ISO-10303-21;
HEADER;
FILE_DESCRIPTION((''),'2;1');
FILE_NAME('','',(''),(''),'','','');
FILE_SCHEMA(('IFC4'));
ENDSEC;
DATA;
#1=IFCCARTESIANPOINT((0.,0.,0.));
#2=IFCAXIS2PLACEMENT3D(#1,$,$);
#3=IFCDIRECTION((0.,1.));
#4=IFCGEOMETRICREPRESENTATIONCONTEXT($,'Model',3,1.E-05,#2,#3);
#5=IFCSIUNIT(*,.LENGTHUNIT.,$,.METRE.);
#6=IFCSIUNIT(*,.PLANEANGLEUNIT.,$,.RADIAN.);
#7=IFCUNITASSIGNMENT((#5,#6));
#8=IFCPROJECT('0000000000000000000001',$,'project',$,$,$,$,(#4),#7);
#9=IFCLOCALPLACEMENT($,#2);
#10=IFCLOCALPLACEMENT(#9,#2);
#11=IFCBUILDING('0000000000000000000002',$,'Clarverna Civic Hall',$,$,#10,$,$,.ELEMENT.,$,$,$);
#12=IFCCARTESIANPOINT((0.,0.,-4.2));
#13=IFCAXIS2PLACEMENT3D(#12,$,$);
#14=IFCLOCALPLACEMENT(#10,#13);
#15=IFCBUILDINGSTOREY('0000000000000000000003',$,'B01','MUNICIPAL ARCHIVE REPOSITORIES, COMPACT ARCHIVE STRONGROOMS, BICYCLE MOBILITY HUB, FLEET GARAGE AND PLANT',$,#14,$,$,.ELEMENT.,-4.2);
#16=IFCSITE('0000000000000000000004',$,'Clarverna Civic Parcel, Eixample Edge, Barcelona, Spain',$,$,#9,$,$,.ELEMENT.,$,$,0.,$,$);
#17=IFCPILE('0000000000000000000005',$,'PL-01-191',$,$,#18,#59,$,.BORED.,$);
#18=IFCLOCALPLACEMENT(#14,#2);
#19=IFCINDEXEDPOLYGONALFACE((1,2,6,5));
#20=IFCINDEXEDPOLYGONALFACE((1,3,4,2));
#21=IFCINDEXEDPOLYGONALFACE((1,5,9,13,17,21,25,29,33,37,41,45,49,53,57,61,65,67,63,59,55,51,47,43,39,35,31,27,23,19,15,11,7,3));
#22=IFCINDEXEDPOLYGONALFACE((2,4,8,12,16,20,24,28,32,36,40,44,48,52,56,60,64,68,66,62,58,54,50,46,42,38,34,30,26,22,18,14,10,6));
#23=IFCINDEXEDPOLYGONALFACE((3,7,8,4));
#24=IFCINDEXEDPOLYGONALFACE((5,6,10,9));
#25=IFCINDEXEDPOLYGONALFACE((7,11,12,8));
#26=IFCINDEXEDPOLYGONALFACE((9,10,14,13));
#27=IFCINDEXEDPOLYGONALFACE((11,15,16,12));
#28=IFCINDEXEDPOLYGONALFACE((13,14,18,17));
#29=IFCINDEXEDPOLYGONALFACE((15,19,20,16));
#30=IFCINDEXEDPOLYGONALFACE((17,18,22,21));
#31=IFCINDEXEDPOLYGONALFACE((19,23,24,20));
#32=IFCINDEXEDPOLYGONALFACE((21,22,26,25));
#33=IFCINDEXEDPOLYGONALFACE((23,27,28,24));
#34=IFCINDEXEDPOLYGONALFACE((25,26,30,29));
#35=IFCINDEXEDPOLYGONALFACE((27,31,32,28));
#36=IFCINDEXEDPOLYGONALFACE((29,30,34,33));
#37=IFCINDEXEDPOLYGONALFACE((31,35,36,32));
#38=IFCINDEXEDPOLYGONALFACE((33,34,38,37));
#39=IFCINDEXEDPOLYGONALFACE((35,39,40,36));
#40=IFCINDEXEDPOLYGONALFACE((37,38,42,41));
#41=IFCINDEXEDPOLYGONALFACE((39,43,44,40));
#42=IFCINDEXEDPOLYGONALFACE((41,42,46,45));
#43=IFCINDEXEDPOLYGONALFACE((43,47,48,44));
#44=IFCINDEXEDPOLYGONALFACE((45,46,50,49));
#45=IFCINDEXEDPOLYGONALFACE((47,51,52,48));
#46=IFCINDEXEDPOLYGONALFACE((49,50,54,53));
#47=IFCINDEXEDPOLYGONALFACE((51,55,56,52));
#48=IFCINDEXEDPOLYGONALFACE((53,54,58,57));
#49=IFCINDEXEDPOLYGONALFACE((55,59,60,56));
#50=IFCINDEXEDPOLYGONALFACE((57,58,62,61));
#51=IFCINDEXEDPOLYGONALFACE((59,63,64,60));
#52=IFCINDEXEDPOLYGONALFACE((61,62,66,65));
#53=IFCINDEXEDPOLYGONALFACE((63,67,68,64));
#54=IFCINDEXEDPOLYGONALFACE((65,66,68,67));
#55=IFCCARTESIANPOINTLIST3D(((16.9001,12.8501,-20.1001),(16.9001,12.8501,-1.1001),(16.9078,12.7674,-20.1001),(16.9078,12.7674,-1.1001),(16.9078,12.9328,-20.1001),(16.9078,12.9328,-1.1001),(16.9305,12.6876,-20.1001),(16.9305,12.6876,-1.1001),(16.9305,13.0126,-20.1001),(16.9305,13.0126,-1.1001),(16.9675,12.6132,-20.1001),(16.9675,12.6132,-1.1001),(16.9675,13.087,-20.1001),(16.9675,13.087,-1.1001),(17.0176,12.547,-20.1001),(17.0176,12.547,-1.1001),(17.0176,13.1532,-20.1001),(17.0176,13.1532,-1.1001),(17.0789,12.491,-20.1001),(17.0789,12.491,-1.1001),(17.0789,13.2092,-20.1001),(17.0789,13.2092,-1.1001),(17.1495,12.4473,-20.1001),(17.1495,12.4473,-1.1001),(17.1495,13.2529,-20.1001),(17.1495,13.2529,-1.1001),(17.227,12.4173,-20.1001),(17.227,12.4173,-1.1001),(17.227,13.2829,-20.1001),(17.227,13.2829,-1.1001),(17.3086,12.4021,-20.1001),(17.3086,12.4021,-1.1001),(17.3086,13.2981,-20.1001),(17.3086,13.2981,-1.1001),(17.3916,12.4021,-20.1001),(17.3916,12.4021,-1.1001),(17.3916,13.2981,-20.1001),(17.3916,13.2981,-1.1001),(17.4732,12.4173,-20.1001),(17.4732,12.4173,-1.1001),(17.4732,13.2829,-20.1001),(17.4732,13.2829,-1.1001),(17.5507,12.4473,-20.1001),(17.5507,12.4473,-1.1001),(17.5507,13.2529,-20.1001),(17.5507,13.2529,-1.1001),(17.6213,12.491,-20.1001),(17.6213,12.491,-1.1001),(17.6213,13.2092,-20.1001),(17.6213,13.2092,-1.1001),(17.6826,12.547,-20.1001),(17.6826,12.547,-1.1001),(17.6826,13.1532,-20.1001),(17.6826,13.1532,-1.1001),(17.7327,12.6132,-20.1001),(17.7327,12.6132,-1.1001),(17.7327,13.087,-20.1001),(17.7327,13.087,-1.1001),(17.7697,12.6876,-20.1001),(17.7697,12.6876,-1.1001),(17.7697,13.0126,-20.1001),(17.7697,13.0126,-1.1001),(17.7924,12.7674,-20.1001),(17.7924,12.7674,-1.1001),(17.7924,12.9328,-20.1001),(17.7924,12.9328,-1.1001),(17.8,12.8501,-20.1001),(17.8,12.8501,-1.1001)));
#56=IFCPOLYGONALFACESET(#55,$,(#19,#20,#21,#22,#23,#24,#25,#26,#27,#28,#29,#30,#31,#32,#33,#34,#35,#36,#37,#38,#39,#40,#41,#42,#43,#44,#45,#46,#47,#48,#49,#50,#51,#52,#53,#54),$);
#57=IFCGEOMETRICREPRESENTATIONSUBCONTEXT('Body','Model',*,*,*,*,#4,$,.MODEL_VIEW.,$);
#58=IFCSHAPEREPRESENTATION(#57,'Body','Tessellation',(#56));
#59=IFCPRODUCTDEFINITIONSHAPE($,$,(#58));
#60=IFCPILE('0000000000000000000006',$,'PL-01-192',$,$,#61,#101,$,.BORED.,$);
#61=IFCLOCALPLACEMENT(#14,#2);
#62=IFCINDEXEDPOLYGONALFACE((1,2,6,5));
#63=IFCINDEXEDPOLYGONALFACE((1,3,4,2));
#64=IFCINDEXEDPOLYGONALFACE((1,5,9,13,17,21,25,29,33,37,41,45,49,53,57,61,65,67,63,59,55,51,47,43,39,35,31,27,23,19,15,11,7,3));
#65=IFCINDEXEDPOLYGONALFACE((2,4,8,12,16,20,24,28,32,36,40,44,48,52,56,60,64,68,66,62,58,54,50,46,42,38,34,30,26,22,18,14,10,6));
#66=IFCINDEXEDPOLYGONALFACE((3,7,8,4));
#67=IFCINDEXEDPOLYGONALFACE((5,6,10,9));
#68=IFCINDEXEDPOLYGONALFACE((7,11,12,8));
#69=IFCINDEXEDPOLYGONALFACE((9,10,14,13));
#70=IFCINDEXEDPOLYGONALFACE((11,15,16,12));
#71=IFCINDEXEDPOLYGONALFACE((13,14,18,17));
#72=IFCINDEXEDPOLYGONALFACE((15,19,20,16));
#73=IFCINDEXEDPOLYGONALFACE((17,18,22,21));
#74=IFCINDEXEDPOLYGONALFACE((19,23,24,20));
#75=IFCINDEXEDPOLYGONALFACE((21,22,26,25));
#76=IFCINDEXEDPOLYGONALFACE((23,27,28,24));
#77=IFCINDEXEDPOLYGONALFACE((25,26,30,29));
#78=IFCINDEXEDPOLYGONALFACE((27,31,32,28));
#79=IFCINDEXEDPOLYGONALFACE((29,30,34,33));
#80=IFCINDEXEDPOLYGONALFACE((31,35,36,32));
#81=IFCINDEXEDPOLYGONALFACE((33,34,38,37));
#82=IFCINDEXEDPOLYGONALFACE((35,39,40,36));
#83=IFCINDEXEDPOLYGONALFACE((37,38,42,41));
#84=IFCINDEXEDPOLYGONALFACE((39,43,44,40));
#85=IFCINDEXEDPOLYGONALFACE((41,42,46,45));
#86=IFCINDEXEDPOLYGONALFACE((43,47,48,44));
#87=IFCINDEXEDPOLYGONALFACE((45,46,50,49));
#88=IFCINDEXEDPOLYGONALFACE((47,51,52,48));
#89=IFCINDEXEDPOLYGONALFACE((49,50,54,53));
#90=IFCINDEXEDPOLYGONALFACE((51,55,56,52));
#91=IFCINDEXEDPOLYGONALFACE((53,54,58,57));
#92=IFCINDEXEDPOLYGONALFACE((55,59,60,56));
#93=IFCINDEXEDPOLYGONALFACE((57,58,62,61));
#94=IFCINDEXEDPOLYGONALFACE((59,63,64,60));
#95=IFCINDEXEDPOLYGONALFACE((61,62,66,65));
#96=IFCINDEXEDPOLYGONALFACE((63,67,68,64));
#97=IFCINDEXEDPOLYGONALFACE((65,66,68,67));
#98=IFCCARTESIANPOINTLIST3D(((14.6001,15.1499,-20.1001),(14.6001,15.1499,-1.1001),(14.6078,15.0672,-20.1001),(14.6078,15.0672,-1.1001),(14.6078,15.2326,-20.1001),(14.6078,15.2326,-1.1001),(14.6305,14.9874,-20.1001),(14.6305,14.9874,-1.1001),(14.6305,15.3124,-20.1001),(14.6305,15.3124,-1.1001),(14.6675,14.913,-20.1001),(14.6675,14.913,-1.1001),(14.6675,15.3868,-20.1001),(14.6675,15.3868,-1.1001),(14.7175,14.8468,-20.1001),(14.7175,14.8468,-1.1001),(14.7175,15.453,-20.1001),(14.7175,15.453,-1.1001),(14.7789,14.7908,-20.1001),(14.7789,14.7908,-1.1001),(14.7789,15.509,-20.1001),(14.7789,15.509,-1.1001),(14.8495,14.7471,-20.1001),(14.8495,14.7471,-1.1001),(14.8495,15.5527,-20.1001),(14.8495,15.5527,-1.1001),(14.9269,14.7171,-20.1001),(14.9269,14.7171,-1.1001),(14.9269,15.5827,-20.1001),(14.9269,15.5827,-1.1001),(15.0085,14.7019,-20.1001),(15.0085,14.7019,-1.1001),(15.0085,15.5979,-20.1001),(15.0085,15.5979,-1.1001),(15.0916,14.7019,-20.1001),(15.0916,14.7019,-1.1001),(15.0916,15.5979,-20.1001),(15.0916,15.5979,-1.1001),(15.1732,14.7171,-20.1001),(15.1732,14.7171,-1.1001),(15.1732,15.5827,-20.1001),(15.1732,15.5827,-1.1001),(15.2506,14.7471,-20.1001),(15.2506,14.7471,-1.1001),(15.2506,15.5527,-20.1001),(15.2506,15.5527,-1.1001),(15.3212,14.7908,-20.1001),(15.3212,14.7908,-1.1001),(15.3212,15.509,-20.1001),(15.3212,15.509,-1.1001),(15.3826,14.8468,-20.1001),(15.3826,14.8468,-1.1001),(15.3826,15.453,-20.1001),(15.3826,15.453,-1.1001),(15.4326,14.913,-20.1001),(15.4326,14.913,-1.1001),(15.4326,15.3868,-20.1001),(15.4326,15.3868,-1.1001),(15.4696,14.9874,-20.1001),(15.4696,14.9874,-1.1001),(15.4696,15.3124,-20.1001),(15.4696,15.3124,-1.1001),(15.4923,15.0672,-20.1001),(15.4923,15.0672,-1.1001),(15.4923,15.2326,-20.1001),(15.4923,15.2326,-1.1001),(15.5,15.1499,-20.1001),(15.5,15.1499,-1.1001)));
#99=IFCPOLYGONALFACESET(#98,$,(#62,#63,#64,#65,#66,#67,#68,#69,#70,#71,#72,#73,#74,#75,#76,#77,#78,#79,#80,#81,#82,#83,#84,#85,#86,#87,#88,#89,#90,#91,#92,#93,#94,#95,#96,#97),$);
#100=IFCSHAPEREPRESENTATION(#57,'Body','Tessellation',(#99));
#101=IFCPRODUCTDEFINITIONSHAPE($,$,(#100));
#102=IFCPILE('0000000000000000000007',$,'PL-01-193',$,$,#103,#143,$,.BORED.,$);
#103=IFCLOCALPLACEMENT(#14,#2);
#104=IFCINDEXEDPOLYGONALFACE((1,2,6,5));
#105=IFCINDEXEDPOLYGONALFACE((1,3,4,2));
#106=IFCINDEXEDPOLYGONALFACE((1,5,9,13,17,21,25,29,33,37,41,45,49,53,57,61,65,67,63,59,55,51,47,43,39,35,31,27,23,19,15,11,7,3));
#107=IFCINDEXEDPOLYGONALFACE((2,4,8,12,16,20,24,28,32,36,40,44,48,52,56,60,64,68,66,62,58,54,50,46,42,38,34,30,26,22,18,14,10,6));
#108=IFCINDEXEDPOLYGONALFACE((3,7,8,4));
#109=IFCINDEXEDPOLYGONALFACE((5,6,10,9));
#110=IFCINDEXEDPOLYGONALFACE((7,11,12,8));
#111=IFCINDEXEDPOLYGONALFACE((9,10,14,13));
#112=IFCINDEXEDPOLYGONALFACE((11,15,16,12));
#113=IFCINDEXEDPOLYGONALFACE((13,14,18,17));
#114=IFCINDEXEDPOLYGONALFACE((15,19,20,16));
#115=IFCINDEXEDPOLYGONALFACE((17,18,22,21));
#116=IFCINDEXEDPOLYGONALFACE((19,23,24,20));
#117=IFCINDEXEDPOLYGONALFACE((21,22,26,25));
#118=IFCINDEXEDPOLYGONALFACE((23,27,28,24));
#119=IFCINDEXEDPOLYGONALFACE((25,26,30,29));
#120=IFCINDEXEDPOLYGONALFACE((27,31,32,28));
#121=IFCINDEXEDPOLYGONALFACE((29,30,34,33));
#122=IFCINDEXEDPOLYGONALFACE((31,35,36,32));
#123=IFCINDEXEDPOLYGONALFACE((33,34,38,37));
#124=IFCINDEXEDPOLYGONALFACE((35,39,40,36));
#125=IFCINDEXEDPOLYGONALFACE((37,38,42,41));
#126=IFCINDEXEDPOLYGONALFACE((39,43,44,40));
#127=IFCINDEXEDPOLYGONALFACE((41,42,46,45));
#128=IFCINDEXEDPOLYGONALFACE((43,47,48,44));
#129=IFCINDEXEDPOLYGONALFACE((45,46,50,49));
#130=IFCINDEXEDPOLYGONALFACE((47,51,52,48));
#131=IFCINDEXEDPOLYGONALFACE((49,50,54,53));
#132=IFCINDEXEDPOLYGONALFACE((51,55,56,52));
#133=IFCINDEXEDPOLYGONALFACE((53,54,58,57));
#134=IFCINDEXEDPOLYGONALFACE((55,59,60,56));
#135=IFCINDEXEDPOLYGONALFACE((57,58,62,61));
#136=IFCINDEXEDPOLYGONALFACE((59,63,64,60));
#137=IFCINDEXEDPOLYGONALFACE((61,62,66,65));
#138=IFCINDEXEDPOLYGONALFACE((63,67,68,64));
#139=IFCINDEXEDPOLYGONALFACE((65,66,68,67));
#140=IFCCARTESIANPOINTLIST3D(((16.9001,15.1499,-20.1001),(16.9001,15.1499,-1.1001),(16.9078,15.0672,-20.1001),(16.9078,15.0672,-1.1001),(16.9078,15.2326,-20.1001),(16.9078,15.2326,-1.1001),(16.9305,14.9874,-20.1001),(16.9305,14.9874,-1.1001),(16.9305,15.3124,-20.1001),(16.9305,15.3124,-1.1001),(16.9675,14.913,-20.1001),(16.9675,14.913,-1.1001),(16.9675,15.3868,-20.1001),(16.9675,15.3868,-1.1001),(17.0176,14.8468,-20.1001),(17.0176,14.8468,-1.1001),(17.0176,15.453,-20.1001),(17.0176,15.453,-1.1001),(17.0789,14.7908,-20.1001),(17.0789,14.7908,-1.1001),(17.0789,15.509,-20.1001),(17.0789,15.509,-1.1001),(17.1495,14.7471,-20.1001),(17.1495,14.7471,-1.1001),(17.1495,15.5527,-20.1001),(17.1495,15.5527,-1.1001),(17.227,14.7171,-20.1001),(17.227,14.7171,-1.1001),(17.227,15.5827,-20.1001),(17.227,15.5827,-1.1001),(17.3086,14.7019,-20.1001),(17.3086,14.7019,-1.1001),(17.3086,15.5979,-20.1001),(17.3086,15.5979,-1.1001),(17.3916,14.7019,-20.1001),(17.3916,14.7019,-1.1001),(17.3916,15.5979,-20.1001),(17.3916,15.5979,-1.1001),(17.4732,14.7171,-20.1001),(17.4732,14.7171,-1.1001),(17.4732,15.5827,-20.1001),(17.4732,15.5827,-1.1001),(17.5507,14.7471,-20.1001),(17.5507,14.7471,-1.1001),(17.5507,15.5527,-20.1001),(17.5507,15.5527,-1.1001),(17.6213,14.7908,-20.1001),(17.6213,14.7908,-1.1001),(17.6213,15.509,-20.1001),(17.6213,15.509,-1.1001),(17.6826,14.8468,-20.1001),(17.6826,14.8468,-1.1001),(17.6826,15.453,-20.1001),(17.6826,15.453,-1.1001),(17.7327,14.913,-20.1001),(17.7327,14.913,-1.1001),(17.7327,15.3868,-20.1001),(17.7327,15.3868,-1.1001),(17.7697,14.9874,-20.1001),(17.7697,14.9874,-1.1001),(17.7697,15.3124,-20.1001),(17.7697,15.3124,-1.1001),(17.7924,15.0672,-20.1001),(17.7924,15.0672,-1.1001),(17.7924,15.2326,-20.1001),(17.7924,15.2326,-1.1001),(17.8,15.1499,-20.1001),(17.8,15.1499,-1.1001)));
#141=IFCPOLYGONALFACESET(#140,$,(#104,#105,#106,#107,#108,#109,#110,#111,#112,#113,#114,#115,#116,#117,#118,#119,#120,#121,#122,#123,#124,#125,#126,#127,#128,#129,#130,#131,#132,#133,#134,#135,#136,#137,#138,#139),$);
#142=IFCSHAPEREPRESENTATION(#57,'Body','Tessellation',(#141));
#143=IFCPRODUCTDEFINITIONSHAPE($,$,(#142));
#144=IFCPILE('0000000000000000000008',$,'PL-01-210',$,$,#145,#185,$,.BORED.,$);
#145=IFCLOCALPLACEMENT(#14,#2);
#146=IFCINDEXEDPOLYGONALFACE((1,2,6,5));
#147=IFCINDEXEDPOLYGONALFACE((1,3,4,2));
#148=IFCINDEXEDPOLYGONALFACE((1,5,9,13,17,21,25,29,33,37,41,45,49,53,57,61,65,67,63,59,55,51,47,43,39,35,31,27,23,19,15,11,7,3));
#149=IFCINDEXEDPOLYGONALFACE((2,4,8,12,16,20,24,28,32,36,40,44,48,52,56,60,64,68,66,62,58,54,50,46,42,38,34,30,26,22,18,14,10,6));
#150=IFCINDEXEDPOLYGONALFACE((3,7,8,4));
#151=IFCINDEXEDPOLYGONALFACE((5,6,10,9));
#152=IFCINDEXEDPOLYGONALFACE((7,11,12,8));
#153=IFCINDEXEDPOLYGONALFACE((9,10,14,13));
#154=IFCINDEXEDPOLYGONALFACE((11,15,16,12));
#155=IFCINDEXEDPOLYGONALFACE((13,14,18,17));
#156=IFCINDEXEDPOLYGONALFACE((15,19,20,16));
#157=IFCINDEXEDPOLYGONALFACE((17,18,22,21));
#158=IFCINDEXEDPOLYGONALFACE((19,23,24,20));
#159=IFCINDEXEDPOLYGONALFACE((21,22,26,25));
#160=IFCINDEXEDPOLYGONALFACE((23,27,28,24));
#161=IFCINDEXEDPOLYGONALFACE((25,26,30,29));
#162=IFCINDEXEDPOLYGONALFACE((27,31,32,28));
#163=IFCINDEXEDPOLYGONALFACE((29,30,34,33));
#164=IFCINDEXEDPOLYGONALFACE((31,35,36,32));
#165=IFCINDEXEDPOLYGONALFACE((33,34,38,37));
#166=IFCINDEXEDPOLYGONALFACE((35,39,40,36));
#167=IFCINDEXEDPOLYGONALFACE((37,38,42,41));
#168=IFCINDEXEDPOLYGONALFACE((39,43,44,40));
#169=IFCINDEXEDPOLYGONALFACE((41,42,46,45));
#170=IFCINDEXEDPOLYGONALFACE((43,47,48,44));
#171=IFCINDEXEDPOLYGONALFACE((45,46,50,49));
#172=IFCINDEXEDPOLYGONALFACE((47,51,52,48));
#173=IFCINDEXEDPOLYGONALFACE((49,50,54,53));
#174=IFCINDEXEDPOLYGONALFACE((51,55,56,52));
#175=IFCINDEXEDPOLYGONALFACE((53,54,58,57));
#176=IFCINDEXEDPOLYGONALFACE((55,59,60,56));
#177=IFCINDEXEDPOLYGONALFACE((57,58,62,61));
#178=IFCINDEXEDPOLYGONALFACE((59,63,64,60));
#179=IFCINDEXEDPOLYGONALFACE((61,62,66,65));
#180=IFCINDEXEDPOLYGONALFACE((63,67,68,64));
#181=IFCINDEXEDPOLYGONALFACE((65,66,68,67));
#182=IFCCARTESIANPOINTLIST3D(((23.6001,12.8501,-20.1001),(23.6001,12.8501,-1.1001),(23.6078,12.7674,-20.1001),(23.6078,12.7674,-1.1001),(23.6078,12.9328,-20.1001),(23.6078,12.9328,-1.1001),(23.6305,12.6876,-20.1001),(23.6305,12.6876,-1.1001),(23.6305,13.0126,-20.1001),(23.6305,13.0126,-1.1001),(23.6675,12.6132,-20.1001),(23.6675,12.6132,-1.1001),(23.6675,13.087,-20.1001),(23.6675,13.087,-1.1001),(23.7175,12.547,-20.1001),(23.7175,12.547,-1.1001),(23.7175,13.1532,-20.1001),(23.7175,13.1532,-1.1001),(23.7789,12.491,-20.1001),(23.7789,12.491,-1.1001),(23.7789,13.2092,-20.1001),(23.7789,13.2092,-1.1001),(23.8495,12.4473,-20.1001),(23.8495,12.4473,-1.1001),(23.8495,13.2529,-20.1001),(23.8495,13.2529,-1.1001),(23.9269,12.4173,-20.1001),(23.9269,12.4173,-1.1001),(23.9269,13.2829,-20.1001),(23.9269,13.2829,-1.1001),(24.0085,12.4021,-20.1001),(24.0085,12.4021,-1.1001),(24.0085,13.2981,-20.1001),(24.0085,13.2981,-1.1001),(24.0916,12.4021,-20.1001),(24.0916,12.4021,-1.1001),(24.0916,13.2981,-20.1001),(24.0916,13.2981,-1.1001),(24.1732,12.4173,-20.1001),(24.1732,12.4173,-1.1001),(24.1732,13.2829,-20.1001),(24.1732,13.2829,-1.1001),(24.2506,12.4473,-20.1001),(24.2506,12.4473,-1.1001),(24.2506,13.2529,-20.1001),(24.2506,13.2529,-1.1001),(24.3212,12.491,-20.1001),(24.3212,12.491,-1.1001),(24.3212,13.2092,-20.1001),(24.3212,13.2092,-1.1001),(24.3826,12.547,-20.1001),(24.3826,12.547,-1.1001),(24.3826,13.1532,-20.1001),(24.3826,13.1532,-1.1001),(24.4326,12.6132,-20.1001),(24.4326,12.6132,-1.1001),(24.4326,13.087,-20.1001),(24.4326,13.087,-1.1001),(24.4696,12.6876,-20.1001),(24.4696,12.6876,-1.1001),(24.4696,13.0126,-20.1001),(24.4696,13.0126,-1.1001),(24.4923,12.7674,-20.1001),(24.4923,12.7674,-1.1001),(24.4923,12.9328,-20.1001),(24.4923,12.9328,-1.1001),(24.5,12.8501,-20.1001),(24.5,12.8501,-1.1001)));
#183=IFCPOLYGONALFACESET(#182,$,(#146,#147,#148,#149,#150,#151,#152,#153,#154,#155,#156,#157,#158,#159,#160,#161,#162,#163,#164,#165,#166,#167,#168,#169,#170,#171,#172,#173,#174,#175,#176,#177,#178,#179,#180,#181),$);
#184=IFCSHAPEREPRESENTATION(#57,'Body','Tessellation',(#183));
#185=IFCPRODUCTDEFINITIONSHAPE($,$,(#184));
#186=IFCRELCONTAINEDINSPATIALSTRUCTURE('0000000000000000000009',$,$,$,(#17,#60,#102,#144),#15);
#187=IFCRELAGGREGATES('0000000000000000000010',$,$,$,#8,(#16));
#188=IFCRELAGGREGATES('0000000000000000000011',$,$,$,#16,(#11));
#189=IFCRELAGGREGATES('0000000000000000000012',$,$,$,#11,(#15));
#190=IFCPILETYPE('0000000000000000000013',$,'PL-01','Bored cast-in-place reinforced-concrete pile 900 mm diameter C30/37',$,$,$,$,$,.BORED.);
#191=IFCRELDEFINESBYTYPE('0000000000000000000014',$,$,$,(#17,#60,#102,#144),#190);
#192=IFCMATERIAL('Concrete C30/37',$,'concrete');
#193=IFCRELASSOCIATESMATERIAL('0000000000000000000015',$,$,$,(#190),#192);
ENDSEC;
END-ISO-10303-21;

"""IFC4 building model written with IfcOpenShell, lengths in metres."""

from ifc_helpers import new_model, si_unit, direction, frame, origin, origin_2d, place, context, subcontext, project, spatial, circle, extrude, material, material_profile, profile_set, type_object, element, save


model = new_model("IFC4")

# Units and contexts
model_context = context("Model", 3, precision=1e-05, world=origin(), true_north=direction((0.0, 1.0)))
body_context = subcontext(model_context, "Body", "Model", "MODEL_VIEW")
ifc_project = project(units=[si_unit("LENGTHUNIT", "METRE"), si_unit("PLANEANGLEUNIT", "RADIAN")], contexts=[model_context])

# Site, building, storey
site_placement = place(None, origin())
site = spatial("IfcSite", under=ifc_project, at=site_placement, Name="Clarverna Civic Parcel, Eixample Edge, Barcelona, Spain", CompositionType="ELEMENT", RefElevation=0.0)
building_placement = place(site_placement, origin())
building = spatial("IfcBuilding", under=site, at=building_placement, Name="Clarverna Civic Hall", CompositionType="ELEMENT")
storey_placement = place(building_placement, frame((0.0, 0.0, -4.2)))
storey = spatial("IfcBuildingStorey", under=building, at=storey_placement, Name="B01", Description="MUNICIPAL ARCHIVE REPOSITORIES, COMPACT ARCHIVE STRONGROOMS, BICYCLE MOBILITY HUB, FLEET GARAGE AND PLANT", CompositionType="ELEMENT", Elevation=-4.2)

# Shared definitions
ifc_material_1 = material(Name="Concrete C30/37", Category="concrete")

# Piles
ifc_material_profile_1 = material_profile(ifc_material_1, circle(Radius=0.45, at=origin_2d()), Name="BORED PILE D900")
ifc_profile_set_1 = profile_set([ifc_material_profile_1], Name="Concrete C30/37")
pile_type_1 = type_object("IfcPileType", Name="PL-01", Description="Bored cast-in-place reinforced-concrete pile 900 mm diameter C30/37", PredefinedType="BORED", material=ifc_profile_set_1)
for number, where, z_axis, x_axis, name in (
    (1, (17.3501, 12.8501, -1.1001), (0.0, 0.0, -1.0), (1.0, 0.0, 0.0), "PL-01-191"),
    (2, (15.05, 15.1499, -1.1001), (0.0, 0.0, -1.0), (1.0, 0.0, 0.0), "PL-01-192"),
    (3, (17.3501, 15.1499, -1.1001), (0.0, 0.0, -1.0), (1.0, 0.0, 0.0), "PL-01-193"),
    (4, (24.05, 12.8501, -1.1001), (0.0, 0.0, -1.0), (1.0, 0.0, 0.0), "PL-01-210"),
):
    element("IfcPile", number, at=place(storey_placement, frame(where, z_axis=z_axis, x_axis=x_axis)), inside=storey, type_object=pile_type_1, Name=name, PredefinedType="BORED", context=body_context, shape_type="SweptSolid", body=[
        extrude(circle(Radius=0.45, at=origin_2d()), origin(), (0.0, 0.0, 1.0), 19.0),
    ])

save(model, "model.ifc")
